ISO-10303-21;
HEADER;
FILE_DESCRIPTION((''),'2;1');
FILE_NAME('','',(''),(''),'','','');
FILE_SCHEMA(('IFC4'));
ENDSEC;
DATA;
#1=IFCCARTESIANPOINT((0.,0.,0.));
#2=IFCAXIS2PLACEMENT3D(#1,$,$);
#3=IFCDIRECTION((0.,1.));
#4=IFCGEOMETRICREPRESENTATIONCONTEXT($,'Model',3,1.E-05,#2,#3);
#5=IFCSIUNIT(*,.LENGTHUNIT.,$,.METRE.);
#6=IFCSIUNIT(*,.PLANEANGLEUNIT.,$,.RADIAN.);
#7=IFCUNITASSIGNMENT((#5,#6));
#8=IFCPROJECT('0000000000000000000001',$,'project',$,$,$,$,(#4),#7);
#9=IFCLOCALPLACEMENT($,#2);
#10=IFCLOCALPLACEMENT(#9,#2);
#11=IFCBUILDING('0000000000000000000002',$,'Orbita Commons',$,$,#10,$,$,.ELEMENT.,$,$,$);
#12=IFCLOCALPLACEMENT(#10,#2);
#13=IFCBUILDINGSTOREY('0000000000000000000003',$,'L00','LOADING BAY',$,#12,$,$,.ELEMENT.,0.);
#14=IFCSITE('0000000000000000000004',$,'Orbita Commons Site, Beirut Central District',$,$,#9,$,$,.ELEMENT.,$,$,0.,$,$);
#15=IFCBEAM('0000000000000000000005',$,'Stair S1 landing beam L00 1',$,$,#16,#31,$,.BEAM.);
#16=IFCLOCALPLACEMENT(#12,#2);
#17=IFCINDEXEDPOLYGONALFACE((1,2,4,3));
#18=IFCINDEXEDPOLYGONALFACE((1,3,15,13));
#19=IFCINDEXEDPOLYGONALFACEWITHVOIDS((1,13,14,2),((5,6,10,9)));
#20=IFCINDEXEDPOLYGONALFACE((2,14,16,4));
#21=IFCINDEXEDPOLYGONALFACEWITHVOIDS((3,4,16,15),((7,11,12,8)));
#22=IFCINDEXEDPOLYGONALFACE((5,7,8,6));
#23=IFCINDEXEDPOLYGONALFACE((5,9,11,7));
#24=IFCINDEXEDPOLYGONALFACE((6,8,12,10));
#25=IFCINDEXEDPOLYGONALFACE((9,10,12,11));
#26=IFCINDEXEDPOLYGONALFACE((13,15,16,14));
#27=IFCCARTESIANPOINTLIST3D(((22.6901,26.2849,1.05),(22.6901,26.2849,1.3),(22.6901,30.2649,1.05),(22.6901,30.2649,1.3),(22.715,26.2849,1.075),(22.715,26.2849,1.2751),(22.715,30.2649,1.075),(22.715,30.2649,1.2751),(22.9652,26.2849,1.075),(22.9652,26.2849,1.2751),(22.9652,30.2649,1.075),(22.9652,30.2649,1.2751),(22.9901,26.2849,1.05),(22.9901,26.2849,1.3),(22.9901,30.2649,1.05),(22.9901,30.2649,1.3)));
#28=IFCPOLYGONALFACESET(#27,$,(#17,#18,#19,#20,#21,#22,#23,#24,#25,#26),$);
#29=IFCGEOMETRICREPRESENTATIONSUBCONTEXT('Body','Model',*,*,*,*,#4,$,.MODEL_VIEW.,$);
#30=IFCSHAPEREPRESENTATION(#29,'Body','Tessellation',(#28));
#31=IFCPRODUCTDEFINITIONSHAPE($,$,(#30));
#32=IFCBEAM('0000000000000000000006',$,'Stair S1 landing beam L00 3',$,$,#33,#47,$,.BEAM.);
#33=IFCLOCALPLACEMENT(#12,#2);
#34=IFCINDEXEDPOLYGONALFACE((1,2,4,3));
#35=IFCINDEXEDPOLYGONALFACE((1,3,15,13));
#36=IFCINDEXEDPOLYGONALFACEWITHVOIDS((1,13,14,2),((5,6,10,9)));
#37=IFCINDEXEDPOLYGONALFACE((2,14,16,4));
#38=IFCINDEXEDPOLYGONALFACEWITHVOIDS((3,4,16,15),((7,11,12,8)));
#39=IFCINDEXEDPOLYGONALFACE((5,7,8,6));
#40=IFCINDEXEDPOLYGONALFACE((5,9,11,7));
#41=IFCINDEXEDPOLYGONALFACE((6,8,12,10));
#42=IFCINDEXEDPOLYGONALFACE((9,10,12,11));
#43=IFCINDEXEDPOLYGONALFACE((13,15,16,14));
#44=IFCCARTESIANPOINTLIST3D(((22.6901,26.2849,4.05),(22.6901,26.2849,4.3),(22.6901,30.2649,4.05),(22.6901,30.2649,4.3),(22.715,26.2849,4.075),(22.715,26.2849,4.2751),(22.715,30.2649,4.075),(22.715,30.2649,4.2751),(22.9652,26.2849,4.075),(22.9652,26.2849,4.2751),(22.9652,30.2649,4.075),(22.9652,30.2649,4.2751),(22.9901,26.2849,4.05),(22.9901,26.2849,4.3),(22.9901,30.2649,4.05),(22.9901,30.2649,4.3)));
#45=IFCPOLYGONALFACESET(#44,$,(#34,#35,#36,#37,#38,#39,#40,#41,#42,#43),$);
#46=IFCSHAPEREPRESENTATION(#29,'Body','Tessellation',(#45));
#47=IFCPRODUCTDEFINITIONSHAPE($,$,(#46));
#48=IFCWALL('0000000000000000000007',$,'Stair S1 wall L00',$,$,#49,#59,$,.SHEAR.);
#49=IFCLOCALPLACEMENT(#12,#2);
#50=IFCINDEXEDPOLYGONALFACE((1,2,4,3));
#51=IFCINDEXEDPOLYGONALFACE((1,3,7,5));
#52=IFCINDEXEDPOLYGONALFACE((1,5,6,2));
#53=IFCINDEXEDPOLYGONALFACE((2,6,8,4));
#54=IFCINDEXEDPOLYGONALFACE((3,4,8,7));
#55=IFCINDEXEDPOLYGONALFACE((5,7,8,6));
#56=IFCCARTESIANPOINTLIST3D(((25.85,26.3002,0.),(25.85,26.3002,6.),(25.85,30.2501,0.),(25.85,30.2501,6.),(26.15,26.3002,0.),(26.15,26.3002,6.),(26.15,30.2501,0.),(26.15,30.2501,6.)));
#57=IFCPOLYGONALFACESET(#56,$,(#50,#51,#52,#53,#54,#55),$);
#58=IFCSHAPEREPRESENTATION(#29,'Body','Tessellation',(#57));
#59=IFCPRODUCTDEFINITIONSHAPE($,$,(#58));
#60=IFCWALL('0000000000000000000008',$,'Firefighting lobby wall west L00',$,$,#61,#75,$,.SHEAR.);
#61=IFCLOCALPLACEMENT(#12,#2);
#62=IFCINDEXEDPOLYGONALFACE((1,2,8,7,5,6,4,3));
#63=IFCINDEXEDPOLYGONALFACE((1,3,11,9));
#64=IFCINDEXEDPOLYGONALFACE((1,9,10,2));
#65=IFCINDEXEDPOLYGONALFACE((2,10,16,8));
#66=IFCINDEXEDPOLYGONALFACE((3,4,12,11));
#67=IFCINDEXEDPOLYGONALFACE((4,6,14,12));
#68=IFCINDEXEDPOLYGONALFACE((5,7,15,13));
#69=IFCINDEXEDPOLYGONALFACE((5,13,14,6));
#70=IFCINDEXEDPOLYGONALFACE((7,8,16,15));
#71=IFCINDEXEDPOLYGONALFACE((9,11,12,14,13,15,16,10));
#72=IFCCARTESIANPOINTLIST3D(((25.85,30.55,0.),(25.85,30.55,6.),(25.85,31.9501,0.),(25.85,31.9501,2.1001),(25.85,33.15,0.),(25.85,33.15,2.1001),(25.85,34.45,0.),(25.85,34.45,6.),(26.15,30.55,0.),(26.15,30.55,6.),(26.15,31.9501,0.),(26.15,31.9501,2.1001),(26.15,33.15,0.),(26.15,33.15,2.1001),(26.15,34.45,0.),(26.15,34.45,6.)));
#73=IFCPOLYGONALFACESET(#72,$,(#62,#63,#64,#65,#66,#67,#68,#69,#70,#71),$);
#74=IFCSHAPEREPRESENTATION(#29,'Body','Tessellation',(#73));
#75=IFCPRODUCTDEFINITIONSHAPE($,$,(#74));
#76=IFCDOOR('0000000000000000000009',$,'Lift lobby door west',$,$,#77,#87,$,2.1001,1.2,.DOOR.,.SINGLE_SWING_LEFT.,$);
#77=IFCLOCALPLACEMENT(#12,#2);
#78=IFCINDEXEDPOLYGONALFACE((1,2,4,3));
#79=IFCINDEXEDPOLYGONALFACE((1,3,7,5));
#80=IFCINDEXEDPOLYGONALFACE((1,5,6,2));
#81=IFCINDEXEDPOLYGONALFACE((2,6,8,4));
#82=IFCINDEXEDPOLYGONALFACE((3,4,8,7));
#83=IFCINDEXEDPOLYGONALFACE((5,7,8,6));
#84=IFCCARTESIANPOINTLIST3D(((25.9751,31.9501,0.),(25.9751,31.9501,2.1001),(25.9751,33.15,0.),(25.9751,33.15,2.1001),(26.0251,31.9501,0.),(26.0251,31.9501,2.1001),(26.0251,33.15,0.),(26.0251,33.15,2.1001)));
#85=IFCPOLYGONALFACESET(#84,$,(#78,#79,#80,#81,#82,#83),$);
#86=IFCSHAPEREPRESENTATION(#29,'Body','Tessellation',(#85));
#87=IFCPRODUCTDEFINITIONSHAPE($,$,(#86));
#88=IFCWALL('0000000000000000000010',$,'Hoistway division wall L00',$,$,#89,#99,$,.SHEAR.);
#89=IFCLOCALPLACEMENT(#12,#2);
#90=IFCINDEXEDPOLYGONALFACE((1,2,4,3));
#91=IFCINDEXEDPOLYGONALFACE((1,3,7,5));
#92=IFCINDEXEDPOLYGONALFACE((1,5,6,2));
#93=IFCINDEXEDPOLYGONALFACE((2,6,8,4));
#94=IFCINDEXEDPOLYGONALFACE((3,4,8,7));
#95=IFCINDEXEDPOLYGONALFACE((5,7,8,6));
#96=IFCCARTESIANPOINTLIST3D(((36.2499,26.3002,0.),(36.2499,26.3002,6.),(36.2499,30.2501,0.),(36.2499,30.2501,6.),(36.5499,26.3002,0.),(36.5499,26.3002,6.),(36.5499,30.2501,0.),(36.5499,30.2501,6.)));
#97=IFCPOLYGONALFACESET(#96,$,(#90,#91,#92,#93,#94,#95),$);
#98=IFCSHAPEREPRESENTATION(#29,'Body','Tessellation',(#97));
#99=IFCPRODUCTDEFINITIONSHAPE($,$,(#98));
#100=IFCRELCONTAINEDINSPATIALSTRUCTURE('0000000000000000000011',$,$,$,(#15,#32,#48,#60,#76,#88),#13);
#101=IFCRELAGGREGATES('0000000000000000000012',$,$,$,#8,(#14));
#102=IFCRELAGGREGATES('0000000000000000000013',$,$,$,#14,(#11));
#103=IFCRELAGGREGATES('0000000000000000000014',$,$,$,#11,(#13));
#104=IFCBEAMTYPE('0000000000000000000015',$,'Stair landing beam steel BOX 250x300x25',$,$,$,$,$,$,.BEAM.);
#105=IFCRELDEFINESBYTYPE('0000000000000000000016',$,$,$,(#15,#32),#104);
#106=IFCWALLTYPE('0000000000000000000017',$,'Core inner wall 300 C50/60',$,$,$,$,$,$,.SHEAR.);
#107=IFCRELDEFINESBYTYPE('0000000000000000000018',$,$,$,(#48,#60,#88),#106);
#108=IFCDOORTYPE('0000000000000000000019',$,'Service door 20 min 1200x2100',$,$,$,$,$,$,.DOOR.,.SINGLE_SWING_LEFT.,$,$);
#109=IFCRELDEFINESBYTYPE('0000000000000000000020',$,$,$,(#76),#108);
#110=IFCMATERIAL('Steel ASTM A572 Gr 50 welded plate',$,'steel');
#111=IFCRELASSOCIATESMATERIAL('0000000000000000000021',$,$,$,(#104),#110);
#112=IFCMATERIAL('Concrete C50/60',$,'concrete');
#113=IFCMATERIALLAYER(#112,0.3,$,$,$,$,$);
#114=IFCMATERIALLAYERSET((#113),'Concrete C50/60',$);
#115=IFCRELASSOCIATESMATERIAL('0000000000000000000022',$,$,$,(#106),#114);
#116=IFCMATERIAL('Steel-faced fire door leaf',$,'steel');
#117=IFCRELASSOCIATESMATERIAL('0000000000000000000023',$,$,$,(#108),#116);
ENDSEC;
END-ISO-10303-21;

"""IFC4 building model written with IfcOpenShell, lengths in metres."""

from ifc_helpers import new_model, si_unit, direction, frame, frame_2d, origin, origin_2d, place, context, subcontext, project, spatial, rectangle, hollow_rectangle, extrude, material, layer, layer_set, material_profile, profile_set, type_object, element, fill, save


model = new_model("IFC4")

# Units and contexts
model_context = context("Model", 3, precision=1e-05, world=origin(), true_north=direction((0.0, 1.0)))
body_context = subcontext(model_context, "Body", "Model", "MODEL_VIEW")
ifc_project = project(units=[si_unit("LENGTHUNIT", "METRE"), si_unit("PLANEANGLEUNIT", "RADIAN")], contexts=[model_context])

# Site, building, storey
site_placement = place(None, origin())
site = spatial("IfcSite", under=ifc_project, at=site_placement, Name="Orbita Commons Site, Beirut Central District", CompositionType="ELEMENT", RefElevation=0.0)
building_placement = place(site_placement, origin())
building = spatial("IfcBuilding", under=site, at=building_placement, Name="Orbita Commons", CompositionType="ELEMENT")
storey_placement = place(building_placement, origin())
storey = spatial("IfcBuildingStorey", under=building, at=storey_placement, Name="L00", Description="LOADING BAY", CompositionType="ELEMENT", Elevation=0.0)

# Beams
ifc_material_1 = material(Name="Steel ASTM A572 Gr 50 welded plate", Category="steel")
ifc_material_profile = material_profile(ifc_material_1, hollow_rectangle(XDim=0.3, YDim=0.25, WallThickness=0.0249, at=origin_2d()), Name="BOX 250x300x25")
ifc_profile_set = profile_set([ifc_material_profile], Name="Steel ASTM A572 Gr 50 welded plate")
beam_type = type_object("IfcBeamType", Name="Stair landing beam steel BOX 250x300x25", PredefinedType="BEAM", material=ifc_profile_set)
for number, where, z_axis, x_axis, name in (
    (1, (22.8401, 26.2849, 1.175), (0.0, 1.0, 0.0), (-1.0, 0.0, 0.0), "Stair S1 landing beam L00 1"),
    (2, (22.8401, 26.2849, 4.175), (0.0, 1.0, 0.0), (-1.0, 0.0, 0.0), "Stair S1 landing beam L00 3"),
):
    element("IfcBeam", number, at=place(storey_placement, frame(where, z_axis=z_axis, x_axis=x_axis)), inside=storey, type_object=beam_type, Name=name, PredefinedType="BEAM", context=body_context, shape_type="SweptSolid", body=[
        extrude(hollow_rectangle(XDim=0.3, YDim=0.25, WallThickness=0.0249, at=origin_2d()), origin(), (0.0, 0.0, 1.0), 3.98),
    ])

# Wall
ifc_material_2 = material(Name="Concrete C50/60", Category="concrete")
ifc_layer = layer(ifc_material_2, 0.3)
ifc_layer_set = layer_set([ifc_layer], Name="Concrete C50/60")
wall_type = type_object("IfcWallType", Name="Core inner wall 300 C50/60", PredefinedType="SHEAR", material=ifc_layer_set)
wall_1_placement = place(storey_placement, frame((26.0, 26.3, 0.0), z_axis=(0.0, 0.0, 1.0), x_axis=(0.0, 1.0, 0.0)))
element("IfcWall", 3, at=wall_1_placement, inside=storey, type_object=wall_type, Name="Stair S1 wall L00", PredefinedType="SHEAR", context=body_context, shape_type="SweptSolid", body=[
    extrude(rectangle(XDim=3.95, YDim=0.3, at=frame_2d((1.9751, 0.0))), origin(), (0.0, 0.0, 1.0), 6.0),
])

# Wall, opening, door
wall_2_placement = place(storey_placement, frame((26.0, 30.55, 0.0), z_axis=(0.0, 0.0, 1.0), x_axis=(0.0, 1.0, 0.0)))
wall_2 = element("IfcWall", 4, at=wall_2_placement, inside=storey, type_object=wall_type, Name="Firefighting lobby wall west L00", PredefinedType="SHEAR", context=body_context, shape_type="SweptSolid", body=[
    extrude(rectangle(XDim=3.8999, YDim=0.3, at=frame_2d((1.95, 0.0))), origin(), (0.0, 0.0, 1.0), 6.0),
])
opening_placement = place(wall_2_placement, frame((1.3999, 0.0, 0.0)))
opening = element("IfcOpeningElement", 5, at=opening_placement, cuts=wall_2, PredefinedType="OPENING", context=body_context, shape_type="SweptSolid", body=[
    extrude(rectangle(XDim=1.2, YDim=2.1001, at=frame_2d((0.6001, 1.05))), frame((0.0, 0.1599, 0.0), z_axis=(0.0, -1.0, 0.0), x_axis=(1.0, 0.0, 0.0)), (0.0, 0.0, 1.0), 0.3201),
])
ifc_material_3 = material(Name="Steel-faced fire door leaf", Category="steel")
door_type = type_object("IfcDoorType", Name="Service door 20 min 1200x2100", OperationType="SINGLE_SWING_LEFT", PredefinedType="DOOR", material=ifc_material_3)
door_placement = place(opening_placement, origin())
door = element("IfcDoor", 6, at=door_placement, inside=storey, type_object=door_type, Name="Lift lobby door west", OperationType="SINGLE_SWING_LEFT", OverallHeight=2.1001, OverallWidth=1.2, PredefinedType="DOOR", context=body_context, shape_type="SweptSolid", body=[
    extrude(rectangle(XDim=1.2, YDim=2.1001, at=frame_2d((0.6001, 1.05))), frame((0.0, 0.0249, 0.0), z_axis=(0.0, -1.0, 0.0), x_axis=(1.0, 0.0, 0.0)), (0.0, 0.0, 1.0), 0.05),
])
fill(opening, door)

# Wall
wall_3_placement = place(storey_placement, frame((36.3999, 26.3, 0.0), z_axis=(0.0, 0.0, 1.0), x_axis=(0.0, 1.0, 0.0)))
element("IfcWall", 7, at=wall_3_placement, inside=storey, type_object=wall_type, Name="Hoistway division wall L00", PredefinedType="SHEAR", context=body_context, shape_type="SweptSolid", body=[
    extrude(rectangle(XDim=3.95, YDim=0.3, at=frame_2d((1.9751, 0.0))), origin(), (0.0, 0.0, 1.0), 6.0),
])

save(model, "model.ifc")
